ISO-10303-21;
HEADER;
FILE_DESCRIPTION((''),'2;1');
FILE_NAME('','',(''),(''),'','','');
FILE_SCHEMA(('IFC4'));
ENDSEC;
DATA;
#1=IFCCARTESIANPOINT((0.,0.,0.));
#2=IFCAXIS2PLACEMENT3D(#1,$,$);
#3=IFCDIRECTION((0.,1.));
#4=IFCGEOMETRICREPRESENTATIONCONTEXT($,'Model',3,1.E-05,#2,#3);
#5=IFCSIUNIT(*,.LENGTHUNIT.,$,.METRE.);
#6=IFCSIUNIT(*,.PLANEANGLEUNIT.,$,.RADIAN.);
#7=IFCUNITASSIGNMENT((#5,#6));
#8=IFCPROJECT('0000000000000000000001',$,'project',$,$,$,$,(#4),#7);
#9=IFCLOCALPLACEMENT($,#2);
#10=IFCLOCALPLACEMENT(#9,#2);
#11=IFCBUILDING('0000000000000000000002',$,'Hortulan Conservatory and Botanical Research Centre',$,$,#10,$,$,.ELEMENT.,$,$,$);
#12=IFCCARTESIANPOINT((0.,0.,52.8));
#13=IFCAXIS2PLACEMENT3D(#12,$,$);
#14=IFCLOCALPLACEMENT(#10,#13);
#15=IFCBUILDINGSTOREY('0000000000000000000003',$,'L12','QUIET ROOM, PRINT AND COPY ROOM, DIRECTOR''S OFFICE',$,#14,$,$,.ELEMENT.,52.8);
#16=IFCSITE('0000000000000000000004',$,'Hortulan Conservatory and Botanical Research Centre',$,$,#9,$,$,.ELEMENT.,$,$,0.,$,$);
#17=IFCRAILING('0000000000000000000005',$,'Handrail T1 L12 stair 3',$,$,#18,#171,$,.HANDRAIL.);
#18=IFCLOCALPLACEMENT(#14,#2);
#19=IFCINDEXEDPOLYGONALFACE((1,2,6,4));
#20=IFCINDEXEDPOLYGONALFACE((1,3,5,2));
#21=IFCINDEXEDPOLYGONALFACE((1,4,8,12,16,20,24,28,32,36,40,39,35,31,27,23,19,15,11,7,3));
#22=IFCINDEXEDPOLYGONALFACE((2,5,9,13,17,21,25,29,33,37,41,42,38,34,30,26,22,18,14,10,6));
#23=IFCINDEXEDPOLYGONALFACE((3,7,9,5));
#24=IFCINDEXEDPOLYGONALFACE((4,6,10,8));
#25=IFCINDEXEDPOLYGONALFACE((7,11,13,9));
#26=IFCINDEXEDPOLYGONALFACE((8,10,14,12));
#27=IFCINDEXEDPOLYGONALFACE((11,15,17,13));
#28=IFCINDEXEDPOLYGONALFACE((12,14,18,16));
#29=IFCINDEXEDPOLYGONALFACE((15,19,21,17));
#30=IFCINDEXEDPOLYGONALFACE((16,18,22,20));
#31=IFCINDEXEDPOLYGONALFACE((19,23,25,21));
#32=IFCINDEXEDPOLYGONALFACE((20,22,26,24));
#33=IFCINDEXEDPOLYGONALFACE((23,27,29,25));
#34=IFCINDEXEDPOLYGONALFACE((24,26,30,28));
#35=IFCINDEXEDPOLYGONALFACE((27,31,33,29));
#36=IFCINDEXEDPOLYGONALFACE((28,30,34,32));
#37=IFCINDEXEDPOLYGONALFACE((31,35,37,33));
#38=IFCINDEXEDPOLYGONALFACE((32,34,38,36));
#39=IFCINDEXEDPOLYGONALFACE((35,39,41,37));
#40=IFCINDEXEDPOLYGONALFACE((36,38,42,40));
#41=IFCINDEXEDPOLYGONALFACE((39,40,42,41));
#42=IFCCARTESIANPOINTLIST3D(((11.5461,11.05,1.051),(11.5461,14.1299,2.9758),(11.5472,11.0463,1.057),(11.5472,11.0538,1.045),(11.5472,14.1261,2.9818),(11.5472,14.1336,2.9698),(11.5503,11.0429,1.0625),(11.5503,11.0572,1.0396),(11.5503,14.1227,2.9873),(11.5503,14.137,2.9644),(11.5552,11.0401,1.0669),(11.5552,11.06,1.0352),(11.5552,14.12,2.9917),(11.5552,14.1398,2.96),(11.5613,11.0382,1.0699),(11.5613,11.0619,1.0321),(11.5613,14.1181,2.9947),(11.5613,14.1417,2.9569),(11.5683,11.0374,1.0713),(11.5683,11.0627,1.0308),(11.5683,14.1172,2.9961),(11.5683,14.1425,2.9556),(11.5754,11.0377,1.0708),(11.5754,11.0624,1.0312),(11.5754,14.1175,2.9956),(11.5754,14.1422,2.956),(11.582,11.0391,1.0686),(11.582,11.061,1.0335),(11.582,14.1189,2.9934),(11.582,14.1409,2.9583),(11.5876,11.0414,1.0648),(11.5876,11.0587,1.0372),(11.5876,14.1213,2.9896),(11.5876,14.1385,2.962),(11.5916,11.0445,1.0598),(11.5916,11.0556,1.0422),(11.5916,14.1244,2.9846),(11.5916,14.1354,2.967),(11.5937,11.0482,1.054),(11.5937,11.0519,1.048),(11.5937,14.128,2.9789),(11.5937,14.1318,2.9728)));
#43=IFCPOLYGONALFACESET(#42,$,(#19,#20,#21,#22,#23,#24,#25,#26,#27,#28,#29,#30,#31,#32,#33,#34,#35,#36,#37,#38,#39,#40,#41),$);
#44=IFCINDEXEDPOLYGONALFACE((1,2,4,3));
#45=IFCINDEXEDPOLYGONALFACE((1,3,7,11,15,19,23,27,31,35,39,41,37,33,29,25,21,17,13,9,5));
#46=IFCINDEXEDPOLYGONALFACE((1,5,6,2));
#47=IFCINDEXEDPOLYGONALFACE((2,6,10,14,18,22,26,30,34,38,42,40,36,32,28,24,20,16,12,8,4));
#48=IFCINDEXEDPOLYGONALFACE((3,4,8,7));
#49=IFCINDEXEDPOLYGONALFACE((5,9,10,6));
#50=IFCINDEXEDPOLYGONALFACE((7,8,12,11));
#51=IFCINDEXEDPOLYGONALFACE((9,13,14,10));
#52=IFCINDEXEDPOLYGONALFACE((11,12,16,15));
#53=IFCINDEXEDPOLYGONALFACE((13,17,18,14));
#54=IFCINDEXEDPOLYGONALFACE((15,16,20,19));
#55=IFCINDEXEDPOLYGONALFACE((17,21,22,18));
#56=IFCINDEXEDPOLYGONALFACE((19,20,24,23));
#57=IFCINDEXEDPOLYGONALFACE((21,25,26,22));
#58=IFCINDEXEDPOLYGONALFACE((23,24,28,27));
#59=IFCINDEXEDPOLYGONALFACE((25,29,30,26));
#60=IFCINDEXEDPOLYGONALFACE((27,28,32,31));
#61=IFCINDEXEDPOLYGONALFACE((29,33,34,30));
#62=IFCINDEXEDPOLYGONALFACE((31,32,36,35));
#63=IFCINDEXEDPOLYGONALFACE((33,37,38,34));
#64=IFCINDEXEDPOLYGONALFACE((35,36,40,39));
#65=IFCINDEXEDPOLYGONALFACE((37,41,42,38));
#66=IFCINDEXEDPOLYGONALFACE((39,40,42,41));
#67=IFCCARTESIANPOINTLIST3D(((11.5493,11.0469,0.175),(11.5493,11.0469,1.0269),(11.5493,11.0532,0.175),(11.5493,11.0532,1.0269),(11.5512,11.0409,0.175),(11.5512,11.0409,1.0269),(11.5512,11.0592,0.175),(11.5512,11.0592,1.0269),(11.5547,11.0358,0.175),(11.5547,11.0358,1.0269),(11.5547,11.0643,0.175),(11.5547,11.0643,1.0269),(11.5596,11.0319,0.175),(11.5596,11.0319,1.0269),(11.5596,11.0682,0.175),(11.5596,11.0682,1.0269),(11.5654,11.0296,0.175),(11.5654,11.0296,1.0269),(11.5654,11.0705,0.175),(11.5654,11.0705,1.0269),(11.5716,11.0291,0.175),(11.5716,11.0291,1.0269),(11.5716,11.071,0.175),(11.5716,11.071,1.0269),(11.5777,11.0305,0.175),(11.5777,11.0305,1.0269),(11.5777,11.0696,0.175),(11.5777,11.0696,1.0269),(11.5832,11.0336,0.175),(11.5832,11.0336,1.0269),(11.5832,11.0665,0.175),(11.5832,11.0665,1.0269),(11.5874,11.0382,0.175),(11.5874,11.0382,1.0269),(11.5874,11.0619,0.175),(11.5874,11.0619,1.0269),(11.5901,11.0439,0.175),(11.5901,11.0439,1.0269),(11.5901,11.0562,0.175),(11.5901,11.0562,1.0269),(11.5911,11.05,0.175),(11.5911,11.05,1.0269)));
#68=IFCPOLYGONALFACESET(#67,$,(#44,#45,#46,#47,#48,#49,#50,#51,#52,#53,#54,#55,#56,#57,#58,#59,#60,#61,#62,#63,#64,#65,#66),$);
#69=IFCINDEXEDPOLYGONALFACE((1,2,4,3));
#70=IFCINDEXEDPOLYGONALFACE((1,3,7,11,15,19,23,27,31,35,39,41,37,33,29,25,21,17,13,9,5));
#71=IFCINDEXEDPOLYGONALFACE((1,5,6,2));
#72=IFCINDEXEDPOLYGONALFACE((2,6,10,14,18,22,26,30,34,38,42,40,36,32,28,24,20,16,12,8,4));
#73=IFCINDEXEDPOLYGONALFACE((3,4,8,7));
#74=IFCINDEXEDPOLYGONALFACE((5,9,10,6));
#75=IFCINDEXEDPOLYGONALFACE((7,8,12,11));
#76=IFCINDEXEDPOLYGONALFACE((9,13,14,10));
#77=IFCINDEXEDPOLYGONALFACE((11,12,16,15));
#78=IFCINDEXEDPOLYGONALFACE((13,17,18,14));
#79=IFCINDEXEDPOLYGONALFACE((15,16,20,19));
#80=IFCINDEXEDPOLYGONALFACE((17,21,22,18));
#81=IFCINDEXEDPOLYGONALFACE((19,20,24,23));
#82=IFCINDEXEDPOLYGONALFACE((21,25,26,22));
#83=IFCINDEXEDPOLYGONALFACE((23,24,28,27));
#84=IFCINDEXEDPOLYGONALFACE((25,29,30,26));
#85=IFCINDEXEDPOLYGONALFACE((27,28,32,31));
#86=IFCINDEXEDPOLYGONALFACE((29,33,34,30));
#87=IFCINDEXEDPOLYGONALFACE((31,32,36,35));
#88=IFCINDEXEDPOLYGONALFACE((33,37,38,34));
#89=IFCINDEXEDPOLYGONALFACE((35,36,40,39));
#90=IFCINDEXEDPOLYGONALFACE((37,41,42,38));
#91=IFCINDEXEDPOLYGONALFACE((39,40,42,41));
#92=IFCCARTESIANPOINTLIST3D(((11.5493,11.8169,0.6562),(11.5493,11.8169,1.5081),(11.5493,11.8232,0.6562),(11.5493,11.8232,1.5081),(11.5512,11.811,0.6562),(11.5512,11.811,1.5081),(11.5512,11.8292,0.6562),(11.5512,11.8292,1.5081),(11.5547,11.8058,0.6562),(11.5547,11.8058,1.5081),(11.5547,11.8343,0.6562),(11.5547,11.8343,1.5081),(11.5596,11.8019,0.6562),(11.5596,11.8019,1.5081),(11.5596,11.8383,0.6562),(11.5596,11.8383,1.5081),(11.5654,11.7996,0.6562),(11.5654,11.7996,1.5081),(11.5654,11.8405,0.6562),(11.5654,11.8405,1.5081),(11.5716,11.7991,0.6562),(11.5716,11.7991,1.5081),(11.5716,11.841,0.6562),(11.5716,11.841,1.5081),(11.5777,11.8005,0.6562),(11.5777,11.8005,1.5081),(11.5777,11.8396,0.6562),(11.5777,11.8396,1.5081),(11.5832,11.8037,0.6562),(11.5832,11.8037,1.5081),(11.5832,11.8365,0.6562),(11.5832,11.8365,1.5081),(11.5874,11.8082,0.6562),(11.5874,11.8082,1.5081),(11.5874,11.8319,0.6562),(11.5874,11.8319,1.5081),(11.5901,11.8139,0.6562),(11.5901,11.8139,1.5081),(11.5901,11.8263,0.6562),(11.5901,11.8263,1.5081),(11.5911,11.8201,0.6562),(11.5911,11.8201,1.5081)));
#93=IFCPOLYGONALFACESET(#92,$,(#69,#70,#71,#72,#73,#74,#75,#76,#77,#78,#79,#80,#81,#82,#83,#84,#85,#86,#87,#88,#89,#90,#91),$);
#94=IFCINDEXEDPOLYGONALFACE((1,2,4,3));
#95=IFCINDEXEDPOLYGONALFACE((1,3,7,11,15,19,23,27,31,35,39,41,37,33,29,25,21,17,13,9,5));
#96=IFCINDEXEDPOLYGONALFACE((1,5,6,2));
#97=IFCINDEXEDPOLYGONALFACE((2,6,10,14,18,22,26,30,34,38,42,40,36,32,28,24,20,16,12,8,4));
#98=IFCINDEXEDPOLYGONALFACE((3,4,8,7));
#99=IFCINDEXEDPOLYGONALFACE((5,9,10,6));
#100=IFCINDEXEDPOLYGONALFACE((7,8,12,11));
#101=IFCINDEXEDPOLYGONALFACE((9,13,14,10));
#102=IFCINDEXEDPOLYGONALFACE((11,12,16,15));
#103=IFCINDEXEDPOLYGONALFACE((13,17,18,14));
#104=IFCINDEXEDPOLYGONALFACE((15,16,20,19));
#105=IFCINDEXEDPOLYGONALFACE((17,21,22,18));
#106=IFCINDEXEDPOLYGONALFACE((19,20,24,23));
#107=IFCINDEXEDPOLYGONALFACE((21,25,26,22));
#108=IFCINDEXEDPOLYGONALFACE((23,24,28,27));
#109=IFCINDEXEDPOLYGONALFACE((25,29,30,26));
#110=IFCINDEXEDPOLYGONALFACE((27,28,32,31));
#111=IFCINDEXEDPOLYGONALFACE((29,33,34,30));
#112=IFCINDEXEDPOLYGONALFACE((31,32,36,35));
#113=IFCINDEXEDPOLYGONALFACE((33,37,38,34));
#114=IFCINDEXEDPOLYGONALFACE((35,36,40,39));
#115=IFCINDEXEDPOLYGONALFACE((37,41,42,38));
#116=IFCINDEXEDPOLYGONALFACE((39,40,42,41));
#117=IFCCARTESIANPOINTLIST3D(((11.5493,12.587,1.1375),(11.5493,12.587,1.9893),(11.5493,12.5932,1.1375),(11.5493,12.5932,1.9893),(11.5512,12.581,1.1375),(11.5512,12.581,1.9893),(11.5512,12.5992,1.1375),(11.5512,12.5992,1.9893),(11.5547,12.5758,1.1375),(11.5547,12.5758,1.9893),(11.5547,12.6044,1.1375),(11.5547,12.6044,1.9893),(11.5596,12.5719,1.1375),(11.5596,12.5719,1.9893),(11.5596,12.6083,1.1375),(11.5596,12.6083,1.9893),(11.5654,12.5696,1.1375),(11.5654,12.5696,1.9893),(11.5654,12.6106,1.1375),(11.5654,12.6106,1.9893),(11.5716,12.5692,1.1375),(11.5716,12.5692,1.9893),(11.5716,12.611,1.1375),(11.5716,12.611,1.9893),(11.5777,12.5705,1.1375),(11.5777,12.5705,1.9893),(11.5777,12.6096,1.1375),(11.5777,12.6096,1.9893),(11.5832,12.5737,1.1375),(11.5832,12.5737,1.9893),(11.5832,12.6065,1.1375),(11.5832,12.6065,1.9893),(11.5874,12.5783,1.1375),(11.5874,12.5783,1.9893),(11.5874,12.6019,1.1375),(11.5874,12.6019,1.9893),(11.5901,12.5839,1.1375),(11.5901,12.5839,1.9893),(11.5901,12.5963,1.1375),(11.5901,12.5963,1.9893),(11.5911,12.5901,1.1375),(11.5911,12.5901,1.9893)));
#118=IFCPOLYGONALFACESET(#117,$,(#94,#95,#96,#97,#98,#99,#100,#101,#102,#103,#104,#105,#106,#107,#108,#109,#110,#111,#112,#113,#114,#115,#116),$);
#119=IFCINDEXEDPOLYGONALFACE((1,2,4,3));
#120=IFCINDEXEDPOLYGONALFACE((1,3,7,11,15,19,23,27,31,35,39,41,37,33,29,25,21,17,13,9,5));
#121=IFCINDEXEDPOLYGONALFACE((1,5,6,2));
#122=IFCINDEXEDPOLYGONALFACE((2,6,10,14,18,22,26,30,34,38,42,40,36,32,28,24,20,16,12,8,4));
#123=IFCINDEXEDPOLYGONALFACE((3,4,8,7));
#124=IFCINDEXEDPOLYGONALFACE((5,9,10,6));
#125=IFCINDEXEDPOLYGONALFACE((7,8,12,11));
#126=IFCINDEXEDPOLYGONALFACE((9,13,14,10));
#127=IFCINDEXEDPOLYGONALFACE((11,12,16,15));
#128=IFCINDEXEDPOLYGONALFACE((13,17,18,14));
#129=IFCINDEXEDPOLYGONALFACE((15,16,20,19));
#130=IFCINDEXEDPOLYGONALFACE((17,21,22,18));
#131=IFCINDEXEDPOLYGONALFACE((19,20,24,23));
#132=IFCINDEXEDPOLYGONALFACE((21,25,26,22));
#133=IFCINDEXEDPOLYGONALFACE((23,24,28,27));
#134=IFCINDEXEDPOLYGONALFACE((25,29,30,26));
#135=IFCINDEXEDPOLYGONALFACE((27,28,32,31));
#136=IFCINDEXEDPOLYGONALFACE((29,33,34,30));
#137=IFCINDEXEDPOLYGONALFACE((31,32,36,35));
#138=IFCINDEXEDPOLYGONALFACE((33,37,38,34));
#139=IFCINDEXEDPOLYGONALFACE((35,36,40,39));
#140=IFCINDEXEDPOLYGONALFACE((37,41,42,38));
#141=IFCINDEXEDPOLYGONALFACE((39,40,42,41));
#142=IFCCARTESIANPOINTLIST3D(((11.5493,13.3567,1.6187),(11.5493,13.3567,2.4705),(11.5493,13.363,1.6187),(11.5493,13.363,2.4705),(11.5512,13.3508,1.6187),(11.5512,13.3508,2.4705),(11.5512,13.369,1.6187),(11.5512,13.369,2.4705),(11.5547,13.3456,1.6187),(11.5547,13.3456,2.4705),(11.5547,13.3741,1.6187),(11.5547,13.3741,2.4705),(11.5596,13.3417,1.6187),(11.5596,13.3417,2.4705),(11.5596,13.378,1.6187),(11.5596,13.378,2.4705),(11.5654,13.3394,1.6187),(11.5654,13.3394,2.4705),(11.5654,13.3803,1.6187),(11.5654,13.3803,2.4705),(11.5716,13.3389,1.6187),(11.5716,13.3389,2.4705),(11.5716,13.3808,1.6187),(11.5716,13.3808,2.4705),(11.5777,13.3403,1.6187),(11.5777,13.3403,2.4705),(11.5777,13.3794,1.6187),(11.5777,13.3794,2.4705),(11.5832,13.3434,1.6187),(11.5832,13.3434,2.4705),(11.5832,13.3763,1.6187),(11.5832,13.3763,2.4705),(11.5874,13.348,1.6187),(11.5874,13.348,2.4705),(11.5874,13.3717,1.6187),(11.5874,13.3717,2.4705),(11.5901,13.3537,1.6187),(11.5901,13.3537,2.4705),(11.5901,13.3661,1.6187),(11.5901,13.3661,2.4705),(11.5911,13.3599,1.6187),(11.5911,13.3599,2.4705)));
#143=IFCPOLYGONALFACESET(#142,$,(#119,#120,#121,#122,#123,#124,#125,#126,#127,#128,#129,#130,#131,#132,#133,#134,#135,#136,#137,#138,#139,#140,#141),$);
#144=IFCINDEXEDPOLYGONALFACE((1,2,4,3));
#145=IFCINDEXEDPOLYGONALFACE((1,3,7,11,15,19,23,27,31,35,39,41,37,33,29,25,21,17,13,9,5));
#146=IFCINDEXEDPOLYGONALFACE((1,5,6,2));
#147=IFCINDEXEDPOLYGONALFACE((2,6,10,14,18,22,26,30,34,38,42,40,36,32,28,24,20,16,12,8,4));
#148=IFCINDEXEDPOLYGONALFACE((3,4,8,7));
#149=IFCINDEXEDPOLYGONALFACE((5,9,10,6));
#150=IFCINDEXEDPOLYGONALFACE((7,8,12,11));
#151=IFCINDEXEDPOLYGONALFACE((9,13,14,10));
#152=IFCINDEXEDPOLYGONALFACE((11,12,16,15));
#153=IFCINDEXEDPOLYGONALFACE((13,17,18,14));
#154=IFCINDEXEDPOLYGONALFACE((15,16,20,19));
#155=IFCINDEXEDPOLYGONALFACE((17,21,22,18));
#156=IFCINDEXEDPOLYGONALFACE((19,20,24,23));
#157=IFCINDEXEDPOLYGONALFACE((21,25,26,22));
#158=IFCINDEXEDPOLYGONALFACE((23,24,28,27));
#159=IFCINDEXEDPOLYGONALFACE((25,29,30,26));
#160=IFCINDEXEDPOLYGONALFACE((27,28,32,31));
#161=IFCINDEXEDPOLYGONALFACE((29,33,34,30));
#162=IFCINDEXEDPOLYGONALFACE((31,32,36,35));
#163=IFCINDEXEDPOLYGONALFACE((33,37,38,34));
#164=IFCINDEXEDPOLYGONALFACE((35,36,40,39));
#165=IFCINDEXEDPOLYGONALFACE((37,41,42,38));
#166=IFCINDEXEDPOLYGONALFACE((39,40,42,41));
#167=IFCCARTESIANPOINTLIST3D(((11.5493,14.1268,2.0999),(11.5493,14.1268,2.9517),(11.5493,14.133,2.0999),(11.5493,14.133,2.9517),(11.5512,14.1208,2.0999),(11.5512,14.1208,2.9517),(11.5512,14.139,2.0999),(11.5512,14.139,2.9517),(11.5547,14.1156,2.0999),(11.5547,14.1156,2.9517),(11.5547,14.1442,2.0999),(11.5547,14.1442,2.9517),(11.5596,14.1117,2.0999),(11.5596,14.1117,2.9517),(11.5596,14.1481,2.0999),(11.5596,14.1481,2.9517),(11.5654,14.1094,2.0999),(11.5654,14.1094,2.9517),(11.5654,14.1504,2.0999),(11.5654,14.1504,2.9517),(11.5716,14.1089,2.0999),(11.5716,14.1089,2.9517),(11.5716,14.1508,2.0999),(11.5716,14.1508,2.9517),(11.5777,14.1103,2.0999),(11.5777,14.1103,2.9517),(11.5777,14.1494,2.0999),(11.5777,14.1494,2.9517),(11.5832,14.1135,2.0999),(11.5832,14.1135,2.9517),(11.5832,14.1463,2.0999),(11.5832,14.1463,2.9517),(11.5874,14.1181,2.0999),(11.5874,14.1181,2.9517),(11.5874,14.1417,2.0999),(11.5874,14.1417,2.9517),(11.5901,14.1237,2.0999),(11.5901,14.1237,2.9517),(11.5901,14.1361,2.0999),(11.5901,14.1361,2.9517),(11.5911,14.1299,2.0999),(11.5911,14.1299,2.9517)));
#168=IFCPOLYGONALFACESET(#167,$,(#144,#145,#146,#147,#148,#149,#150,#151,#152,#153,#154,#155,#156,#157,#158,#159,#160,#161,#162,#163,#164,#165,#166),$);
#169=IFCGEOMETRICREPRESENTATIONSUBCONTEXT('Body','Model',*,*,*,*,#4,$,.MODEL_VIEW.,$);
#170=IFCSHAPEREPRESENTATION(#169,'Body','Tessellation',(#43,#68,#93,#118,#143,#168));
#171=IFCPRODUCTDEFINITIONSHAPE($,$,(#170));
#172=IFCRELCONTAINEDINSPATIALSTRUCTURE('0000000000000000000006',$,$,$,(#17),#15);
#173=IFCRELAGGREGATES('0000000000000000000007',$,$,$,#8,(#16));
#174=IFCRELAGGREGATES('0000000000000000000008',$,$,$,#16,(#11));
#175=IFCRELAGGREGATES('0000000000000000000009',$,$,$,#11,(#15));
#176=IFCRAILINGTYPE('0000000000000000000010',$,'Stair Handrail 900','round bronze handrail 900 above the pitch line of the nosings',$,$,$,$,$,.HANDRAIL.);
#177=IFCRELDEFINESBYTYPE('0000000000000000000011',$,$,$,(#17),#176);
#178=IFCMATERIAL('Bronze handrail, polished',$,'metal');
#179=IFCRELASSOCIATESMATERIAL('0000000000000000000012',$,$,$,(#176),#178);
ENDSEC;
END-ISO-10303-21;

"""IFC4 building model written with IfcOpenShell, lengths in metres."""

from ifc_helpers import new_model, si_unit, direction, frame, origin, origin_2d, place, context, subcontext, project, spatial, circle, extrude, material, type_object, element, save


model = new_model("IFC4")

# Units and contexts
model_context = context("Model", 3, precision=1e-05, world=origin(), true_north=direction((0.0, 1.0)))
body_context = subcontext(model_context, "Body", "Model", "MODEL_VIEW")
ifc_project = project(units=[si_unit("LENGTHUNIT", "METRE"), si_unit("PLANEANGLEUNIT", "RADIAN")], contexts=[model_context])

# Site, building, storey
site_placement = place(None, origin())
site = spatial("IfcSite", under=ifc_project, at=site_placement, Name="Hortulan Conservatory and Botanical Research Centre", CompositionType="ELEMENT", RefElevation=0.0)
building_placement = place(site_placement, origin())
building = spatial("IfcBuilding", under=site, at=building_placement, Name="Hortulan Conservatory and Botanical Research Centre", CompositionType="ELEMENT")
storey_placement = place(building_placement, frame((0.0, 0.0, 52.8)))
storey = spatial("IfcBuildingStorey", under=building, at=storey_placement, Name="L12", Description="QUIET ROOM, PRINT AND COPY ROOM, DIRECTOR'S OFFICE", CompositionType="ELEMENT", Elevation=52.8)

# Railing
ifc_material_1 = material(Name="Bronze handrail, polished", Category="metal")
railing_type_1 = type_object("IfcRailingType", Name="Stair Handrail 900", Description="round bronze handrail 900 above the pitch line of the nosings", PredefinedType="HANDRAIL", material=ifc_material_1)
railing_1_placement = place(storey_placement, frame((11.5701, 11.05, 0.175)))
element("IfcRailing", 1, at=railing_1_placement, inside=storey, type_object=railing_type_1, Name="Handrail T1 L12 stair 3", PredefinedType="HANDRAIL", context=body_context, shape_type="SweptSolid", body=[
    extrude(circle(Radius=0.0239, at=origin_2d()), frame((0.0, 0.0, 0.876), z_axis=(0.0, 0.84801, 0.529981), x_axis=(-1.0, 0.0, 0.0)), (0.0, 0.0, 1.0), 3.6318),
    extrude(circle(Radius=0.021, at=origin_2d()), origin(), (0.0, 0.0, 1.0), 0.8518),
    extrude(circle(Radius=0.021, at=origin_2d()), frame((0.0, 0.77, 0.4812)), (0.0, 0.0, 1.0), 0.8518),
    extrude(circle(Radius=0.021, at=origin_2d()), frame((0.0, 1.54, 0.9624)), (0.0, 0.0, 1.0), 0.8518),
    extrude(circle(Radius=0.021, at=origin_2d()), frame((0.0, 2.3098, 1.4436)), (0.0, 0.0, 1.0), 0.8518),
    extrude(circle(Radius=0.021, at=origin_2d()), frame((0.0, 3.0798, 1.9248)), (0.0, 0.0, 1.0), 0.8518),
])

save(model, "model.ifc")
